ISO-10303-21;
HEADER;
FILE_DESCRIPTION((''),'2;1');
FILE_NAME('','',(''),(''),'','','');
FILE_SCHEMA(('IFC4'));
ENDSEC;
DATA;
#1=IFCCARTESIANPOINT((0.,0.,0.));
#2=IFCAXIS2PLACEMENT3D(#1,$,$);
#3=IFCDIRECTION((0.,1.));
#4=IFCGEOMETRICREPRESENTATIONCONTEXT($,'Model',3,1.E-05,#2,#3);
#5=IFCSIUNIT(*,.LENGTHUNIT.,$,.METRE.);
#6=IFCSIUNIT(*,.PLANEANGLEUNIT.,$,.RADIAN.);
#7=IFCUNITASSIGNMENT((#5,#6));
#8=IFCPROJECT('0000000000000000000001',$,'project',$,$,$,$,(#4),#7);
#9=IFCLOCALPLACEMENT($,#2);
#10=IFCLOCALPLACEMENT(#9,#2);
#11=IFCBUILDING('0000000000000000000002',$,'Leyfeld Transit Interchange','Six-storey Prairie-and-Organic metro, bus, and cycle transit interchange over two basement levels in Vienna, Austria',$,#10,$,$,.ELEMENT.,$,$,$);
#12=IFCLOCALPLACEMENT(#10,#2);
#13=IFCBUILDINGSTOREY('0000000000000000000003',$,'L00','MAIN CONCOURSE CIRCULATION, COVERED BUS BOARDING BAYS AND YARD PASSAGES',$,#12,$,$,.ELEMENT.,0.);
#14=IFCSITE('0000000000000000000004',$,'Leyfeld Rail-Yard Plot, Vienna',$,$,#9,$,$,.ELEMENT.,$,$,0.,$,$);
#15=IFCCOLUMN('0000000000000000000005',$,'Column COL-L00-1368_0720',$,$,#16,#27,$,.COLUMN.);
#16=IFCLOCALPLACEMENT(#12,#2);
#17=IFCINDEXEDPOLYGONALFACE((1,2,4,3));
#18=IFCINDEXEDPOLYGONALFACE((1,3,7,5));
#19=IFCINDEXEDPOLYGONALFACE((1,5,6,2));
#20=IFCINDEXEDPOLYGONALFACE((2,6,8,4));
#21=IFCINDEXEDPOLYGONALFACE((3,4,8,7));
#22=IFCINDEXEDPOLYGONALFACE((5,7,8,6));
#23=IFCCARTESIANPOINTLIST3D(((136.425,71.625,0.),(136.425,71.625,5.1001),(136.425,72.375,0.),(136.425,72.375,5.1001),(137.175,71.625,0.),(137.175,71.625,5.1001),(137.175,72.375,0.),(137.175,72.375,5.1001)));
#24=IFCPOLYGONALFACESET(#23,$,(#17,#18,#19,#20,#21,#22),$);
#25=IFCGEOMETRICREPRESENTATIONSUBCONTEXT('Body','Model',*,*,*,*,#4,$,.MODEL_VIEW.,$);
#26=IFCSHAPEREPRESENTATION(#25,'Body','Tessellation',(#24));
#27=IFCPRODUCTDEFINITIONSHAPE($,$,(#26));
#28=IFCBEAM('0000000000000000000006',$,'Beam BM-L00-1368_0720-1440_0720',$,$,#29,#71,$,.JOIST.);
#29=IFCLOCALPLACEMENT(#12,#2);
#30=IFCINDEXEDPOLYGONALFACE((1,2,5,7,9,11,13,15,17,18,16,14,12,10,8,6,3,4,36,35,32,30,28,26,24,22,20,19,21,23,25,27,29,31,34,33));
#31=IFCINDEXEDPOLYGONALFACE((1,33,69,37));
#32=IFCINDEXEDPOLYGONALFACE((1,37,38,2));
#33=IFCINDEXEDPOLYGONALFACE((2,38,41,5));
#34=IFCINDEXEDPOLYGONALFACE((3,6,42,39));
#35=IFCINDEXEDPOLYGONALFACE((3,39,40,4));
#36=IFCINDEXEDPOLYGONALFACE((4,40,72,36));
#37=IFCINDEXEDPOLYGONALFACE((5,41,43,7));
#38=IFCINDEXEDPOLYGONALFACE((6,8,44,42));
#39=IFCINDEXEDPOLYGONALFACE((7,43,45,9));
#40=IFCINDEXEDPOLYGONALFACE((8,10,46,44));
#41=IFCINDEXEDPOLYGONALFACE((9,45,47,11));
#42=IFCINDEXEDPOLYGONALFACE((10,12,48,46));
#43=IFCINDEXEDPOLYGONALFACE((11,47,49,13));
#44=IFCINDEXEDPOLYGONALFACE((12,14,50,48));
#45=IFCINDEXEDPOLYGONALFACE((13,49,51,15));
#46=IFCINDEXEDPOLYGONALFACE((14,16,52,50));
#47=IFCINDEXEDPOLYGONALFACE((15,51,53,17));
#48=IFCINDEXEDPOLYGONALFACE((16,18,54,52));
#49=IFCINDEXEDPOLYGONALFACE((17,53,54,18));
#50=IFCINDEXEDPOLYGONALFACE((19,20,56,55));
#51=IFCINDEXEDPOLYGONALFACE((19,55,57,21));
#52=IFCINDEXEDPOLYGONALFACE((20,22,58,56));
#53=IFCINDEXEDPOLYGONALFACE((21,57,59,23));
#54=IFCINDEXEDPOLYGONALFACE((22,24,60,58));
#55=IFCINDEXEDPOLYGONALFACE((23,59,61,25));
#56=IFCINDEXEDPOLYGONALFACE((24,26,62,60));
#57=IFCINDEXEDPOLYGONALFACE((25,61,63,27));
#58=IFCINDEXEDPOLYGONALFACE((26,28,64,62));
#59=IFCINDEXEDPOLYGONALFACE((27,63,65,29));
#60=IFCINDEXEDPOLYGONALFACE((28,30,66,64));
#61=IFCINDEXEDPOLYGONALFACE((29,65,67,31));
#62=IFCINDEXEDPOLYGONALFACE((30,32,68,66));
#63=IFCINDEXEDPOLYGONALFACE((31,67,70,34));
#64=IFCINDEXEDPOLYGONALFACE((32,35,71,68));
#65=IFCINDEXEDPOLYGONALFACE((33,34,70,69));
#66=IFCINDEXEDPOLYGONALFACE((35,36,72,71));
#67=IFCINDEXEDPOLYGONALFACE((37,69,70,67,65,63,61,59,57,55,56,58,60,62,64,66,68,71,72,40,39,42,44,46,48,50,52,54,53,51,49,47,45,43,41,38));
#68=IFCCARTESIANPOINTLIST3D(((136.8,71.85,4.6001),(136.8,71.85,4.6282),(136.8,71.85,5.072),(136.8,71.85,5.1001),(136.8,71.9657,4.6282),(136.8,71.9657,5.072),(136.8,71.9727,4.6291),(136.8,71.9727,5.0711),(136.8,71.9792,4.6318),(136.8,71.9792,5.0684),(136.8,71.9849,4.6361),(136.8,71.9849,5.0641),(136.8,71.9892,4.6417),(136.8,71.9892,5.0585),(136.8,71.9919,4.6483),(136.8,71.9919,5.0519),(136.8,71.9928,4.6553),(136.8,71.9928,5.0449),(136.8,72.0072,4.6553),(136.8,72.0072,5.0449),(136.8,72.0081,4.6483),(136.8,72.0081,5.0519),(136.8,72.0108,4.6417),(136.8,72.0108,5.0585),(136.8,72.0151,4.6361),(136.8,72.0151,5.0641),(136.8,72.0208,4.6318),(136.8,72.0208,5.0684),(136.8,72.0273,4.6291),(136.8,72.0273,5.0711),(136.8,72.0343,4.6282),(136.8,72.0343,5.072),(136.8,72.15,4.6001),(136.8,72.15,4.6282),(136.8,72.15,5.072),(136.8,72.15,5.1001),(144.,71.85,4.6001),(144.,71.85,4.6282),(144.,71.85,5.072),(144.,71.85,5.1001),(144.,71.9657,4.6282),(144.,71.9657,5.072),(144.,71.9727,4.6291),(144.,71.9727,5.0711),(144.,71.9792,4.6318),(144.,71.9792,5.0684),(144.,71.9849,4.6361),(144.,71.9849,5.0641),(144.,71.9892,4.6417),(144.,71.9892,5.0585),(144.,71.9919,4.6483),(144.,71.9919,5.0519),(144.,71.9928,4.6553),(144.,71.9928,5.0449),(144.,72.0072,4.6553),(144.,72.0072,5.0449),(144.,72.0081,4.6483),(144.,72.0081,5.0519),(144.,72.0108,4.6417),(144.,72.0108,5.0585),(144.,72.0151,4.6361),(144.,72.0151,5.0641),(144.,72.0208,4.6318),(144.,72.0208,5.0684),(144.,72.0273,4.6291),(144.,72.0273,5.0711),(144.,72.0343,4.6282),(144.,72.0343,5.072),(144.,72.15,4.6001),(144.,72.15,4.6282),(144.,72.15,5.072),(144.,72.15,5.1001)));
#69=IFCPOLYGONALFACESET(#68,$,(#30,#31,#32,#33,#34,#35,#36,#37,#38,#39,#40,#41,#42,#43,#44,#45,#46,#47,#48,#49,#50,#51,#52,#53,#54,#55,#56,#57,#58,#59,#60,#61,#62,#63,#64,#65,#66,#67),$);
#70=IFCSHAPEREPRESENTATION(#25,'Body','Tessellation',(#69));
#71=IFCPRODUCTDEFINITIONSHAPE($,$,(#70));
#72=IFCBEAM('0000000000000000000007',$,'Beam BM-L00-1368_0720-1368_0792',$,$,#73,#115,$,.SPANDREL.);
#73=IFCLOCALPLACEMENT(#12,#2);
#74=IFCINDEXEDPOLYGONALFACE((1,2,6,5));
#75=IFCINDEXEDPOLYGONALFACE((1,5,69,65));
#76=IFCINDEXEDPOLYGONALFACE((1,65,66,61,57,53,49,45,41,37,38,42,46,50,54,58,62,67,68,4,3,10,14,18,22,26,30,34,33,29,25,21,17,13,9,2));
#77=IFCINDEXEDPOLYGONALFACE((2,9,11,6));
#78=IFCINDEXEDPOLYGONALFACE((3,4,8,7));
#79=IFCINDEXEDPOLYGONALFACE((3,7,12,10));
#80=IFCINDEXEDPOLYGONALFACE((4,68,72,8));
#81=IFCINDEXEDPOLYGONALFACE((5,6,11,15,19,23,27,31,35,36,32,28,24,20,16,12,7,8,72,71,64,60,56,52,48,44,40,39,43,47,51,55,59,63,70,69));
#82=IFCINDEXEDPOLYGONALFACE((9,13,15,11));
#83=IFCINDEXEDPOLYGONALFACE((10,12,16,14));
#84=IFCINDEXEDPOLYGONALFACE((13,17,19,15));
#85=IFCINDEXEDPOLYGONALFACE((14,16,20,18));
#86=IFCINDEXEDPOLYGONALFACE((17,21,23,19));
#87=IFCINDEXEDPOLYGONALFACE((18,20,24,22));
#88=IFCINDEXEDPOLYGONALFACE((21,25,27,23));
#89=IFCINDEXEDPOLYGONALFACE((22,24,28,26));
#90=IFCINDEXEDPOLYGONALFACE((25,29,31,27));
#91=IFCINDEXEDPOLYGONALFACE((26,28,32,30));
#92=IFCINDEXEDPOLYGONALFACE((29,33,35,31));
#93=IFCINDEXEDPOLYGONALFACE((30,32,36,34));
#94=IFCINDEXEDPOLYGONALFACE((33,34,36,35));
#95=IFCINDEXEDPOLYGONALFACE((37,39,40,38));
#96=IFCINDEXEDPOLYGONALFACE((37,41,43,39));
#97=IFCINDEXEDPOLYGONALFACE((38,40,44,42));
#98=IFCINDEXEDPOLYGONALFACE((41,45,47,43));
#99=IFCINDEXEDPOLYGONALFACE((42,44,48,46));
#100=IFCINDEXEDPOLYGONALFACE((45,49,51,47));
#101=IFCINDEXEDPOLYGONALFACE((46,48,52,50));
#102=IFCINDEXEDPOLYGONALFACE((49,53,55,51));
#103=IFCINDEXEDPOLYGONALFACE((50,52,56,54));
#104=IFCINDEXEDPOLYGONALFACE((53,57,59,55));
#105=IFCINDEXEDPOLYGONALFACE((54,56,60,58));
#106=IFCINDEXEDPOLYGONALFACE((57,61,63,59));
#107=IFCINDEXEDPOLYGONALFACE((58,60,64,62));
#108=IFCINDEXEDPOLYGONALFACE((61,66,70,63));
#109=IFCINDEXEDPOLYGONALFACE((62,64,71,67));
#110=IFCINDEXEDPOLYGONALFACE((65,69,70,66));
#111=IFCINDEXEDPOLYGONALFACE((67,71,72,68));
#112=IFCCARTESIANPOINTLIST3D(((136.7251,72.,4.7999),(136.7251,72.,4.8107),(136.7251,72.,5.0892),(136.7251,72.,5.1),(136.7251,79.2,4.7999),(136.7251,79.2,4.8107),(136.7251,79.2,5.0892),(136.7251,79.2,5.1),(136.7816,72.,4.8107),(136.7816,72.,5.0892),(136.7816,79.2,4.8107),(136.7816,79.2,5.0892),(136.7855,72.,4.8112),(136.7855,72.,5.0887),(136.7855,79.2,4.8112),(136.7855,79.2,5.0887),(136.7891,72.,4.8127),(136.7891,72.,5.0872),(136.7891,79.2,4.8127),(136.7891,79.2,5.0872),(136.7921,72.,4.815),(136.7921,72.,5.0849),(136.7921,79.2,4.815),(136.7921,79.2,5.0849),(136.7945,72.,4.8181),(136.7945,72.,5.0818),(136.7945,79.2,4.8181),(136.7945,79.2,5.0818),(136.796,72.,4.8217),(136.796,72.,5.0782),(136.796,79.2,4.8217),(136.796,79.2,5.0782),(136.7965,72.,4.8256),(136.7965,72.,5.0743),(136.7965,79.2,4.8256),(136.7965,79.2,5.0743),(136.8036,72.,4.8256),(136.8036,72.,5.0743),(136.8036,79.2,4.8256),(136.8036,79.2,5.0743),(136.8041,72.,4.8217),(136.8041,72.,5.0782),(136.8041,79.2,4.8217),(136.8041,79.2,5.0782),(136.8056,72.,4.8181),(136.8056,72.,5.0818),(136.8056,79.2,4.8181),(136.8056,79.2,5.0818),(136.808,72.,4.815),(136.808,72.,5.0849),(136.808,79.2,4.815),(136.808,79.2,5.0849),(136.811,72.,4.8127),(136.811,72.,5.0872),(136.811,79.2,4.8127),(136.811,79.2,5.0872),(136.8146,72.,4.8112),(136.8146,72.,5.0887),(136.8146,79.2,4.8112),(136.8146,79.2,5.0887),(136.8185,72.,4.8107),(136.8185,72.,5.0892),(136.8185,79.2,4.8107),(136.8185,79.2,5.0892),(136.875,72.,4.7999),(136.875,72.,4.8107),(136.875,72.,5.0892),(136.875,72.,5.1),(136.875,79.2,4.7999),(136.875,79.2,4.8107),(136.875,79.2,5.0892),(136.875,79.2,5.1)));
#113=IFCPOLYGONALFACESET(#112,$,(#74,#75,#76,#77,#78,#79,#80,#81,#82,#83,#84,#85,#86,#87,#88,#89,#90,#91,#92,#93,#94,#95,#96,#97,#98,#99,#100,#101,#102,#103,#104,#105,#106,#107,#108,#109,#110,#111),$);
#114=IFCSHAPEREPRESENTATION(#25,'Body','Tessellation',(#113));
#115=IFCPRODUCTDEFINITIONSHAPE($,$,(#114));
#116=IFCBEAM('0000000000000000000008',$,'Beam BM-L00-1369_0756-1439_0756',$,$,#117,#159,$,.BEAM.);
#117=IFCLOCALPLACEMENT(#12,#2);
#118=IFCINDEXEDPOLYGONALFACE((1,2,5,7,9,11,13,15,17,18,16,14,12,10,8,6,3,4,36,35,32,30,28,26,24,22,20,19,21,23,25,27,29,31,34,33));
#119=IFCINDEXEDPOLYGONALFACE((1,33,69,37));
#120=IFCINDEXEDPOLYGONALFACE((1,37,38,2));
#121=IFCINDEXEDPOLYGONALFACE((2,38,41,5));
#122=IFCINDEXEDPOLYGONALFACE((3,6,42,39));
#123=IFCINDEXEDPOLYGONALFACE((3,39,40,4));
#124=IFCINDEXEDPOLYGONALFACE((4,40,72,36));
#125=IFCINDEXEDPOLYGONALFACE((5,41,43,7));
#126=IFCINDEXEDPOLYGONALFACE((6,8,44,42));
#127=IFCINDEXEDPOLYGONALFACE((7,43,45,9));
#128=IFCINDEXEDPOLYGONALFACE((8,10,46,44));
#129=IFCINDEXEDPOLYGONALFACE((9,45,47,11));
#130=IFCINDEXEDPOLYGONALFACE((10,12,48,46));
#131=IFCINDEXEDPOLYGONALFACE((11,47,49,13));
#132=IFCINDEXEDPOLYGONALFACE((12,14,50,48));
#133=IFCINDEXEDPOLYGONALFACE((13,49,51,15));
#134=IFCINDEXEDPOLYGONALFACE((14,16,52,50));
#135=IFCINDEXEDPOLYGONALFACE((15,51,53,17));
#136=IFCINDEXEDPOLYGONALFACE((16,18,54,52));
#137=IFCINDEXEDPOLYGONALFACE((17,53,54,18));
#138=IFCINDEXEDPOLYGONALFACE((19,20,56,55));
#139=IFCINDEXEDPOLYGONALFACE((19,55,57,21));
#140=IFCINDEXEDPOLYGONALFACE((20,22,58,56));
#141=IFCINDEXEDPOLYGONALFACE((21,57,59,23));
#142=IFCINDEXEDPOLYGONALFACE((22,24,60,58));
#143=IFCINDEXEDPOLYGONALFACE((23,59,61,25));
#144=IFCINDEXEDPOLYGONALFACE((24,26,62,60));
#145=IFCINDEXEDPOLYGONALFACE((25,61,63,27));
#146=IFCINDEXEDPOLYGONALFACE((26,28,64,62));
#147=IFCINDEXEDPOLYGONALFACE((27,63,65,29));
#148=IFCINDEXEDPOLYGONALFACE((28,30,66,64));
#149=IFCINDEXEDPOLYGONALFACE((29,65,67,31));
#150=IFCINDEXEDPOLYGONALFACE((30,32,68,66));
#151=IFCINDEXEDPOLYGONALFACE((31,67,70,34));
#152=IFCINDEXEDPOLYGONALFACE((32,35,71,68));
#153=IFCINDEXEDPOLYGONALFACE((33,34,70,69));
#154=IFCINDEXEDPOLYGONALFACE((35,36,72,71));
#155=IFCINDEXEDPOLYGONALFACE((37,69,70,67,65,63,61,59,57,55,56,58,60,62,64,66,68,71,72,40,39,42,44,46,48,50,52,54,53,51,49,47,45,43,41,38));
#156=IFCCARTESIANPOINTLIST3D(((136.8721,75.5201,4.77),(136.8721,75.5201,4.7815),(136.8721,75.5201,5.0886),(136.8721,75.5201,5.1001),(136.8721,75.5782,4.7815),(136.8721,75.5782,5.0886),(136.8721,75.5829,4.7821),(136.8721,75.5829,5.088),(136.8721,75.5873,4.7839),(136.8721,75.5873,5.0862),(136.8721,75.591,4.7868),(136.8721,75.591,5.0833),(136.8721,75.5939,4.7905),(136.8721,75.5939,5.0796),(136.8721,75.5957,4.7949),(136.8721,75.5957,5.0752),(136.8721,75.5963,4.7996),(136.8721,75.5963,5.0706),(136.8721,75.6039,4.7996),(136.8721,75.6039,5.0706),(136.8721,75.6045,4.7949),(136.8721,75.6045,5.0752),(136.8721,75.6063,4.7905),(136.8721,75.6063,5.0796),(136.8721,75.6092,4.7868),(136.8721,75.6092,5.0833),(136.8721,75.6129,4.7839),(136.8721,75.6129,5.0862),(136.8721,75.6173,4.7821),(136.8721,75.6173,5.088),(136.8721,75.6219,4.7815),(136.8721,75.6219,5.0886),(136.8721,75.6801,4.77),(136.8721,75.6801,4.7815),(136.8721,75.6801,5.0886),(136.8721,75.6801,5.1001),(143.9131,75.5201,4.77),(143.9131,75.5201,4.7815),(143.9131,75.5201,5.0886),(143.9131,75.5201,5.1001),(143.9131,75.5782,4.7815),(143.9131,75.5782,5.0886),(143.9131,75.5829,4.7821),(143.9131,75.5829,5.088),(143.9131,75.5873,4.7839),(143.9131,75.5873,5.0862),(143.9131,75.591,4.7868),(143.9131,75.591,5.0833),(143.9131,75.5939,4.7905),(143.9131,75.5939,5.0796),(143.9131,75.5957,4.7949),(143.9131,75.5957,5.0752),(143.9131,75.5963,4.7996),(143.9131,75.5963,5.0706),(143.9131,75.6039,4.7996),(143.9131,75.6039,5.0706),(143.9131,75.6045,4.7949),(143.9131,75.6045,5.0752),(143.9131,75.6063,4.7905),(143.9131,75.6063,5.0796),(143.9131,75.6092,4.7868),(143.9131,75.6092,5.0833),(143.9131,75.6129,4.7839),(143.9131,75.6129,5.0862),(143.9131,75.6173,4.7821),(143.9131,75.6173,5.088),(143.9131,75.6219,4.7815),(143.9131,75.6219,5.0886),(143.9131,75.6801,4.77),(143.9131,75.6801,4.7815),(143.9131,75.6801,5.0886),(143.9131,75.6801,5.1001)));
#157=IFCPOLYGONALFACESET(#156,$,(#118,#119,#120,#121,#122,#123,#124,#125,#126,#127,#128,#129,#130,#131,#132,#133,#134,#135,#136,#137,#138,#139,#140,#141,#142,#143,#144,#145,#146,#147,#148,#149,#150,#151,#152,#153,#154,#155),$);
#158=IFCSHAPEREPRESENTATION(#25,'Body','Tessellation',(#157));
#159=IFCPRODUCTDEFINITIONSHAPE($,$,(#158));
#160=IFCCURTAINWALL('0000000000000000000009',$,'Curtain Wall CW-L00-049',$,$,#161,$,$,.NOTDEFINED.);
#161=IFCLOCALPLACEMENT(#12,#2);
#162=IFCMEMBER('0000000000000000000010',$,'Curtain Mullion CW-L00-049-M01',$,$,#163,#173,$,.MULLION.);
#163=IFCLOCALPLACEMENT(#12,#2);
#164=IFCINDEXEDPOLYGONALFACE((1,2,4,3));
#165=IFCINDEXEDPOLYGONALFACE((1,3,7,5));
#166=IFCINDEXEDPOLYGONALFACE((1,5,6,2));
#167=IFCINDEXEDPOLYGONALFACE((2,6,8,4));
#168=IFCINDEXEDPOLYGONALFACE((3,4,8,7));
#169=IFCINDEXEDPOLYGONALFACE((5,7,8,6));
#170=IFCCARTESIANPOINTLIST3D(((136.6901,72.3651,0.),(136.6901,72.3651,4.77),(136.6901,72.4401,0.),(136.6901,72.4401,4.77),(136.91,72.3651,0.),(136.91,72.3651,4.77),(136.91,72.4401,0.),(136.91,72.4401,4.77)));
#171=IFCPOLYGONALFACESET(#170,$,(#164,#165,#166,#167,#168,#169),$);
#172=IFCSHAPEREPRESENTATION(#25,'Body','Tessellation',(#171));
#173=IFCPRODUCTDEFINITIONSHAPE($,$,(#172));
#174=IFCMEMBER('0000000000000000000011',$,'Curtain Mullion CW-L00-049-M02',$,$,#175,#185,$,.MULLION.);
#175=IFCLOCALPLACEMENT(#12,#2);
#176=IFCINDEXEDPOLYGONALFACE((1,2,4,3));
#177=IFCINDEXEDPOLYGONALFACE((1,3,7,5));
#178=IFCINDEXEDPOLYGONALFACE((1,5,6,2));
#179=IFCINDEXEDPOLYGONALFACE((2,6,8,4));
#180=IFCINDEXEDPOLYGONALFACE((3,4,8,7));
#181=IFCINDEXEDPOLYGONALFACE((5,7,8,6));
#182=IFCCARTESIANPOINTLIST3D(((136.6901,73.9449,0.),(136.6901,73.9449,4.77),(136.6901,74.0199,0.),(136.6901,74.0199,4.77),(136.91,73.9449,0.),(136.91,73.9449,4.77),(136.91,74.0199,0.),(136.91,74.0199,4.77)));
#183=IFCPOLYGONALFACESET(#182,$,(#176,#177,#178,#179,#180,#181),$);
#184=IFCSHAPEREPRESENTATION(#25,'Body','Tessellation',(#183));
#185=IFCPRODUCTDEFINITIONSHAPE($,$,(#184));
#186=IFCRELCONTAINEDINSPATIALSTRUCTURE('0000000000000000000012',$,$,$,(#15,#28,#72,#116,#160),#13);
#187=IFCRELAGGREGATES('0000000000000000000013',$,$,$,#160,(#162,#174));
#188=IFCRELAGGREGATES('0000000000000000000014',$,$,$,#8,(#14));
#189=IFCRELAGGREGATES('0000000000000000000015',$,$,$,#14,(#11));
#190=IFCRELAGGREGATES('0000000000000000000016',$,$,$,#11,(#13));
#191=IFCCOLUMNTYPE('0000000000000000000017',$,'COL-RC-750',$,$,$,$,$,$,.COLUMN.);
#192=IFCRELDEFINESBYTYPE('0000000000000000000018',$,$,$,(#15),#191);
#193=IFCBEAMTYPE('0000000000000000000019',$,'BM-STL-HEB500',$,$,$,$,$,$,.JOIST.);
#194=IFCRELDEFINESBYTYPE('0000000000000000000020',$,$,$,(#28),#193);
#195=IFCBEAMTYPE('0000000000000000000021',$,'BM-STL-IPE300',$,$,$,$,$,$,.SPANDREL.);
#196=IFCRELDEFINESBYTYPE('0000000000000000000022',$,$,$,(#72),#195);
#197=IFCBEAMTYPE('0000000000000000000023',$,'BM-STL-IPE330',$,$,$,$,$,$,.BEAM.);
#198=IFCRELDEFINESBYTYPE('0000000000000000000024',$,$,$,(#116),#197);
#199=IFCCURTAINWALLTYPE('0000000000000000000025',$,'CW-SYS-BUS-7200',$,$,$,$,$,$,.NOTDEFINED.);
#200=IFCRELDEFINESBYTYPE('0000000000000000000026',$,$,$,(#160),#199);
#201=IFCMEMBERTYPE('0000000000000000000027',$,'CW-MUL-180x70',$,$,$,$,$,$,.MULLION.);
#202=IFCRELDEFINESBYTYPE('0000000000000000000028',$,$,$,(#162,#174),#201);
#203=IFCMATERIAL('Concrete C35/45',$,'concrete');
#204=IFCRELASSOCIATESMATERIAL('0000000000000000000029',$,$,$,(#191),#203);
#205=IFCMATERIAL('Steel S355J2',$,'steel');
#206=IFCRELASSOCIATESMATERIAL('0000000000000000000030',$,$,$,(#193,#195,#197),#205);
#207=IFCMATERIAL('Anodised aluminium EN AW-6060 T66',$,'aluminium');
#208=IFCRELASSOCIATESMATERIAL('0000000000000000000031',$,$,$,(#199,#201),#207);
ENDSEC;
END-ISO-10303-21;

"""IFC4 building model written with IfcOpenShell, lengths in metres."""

from ifc_helpers import new_model, si_unit, direction, frame, origin, origin_2d, place, context, subcontext, project, spatial, rectangle, i_section, extrude, material, material_profile, profile_set, type_object, element, aggregate, save


model = new_model("IFC4")

# Units and contexts
model_context = context("Model", 3, precision=1e-05, world=origin(), true_north=direction((0.0, 1.0)))
body_context = subcontext(model_context, "Body", "Model", "MODEL_VIEW")
ifc_project = project(units=[si_unit("LENGTHUNIT", "METRE"), si_unit("PLANEANGLEUNIT", "RADIAN")], contexts=[model_context])

# Site, building, storey
site_placement = place(None, origin())
site = spatial("IfcSite", under=ifc_project, at=site_placement, Name="Leyfeld Rail-Yard Plot, Vienna", CompositionType="ELEMENT", RefElevation=0.0)
building_placement = place(site_placement, origin())
building = spatial("IfcBuilding", under=site, at=building_placement, Name="Leyfeld Transit Interchange", Description="Six-storey Prairie-and-Organic metro, bus, and cycle transit interchange over two basement levels in Vienna, Austria", CompositionType="ELEMENT")
storey_placement = place(building_placement, origin())
storey = spatial("IfcBuildingStorey", under=building, at=storey_placement, Name="L00", Description="MAIN CONCOURSE CIRCULATION, COVERED BUS BOARDING BAYS AND YARD PASSAGES", CompositionType="ELEMENT", Elevation=0.0)

# Column
ifc_material_1 = material(Name="Concrete C35/45", Category="concrete")
ifc_material_profile_1 = material_profile(ifc_material_1, rectangle(XDim=0.75, YDim=0.75, at=origin_2d()), Name="RC 750x750")
ifc_profile_set_1 = profile_set([ifc_material_profile_1], Name="Concrete C35/45")
column_type = type_object("IfcColumnType", Name="COL-RC-750", PredefinedType="COLUMN", material=ifc_profile_set_1)
column_placement = place(storey_placement, frame((136.8, 72.0, 0.0), z_axis=(0.0, 0.0, 1.0), x_axis=(1.0, 0.0, 0.0)))
element("IfcColumn", 1, at=column_placement, inside=storey, type_object=column_type, Name="Column COL-L00-1368_0720", PredefinedType="COLUMN", context=body_context, shape_type="SweptSolid", body=[
    extrude(rectangle(XDim=0.75, YDim=0.75, at=origin_2d()), origin(), (0.0, 0.0, 1.0), 5.1001),
])

# Beams
ifc_material_2 = material(Name="Steel S355J2", Category="steel")
ifc_material_profile_2 = material_profile(ifc_material_2, i_section(OverallWidth=0.3, OverallDepth=0.5, WebThickness=0.0144, FlangeThickness=0.0281, FilletRadius=0.0271, at=origin_2d()), Name="HEB 500")
ifc_profile_set_2 = profile_set([ifc_material_profile_2], Name="Steel S355J2")
beam_type_1 = type_object("IfcBeamType", Name="BM-STL-HEB500", PredefinedType="JOIST", material=ifc_profile_set_2)
beam_1_placement = place(storey_placement, frame((136.8, 72.0, 4.8501), z_axis=(1.0, 0.0, 0.0), x_axis=(0.0, 1.0, 0.0)))
element("IfcBeam", 2, at=beam_1_placement, inside=storey, type_object=beam_type_1, Name="Beam BM-L00-1368_0720-1440_0720", PredefinedType="JOIST", context=body_context, shape_type="SweptSolid", body=[
    extrude(i_section(OverallWidth=0.3, OverallDepth=0.5, WebThickness=0.0144, FlangeThickness=0.0281, FilletRadius=0.0271, at=origin_2d()), origin(), (0.0, 0.0, 1.0), 7.2),
])
ifc_material_profile_3 = material_profile(ifc_material_2, i_section(OverallWidth=0.1499, OverallDepth=0.3, WebThickness=0.0071, FlangeThickness=0.0107, FilletRadius=0.0149, at=origin_2d()), Name="IPE 300")
ifc_profile_set_3 = profile_set([ifc_material_profile_3], Name="Steel S355J2")
beam_type_2 = type_object("IfcBeamType", Name="BM-STL-IPE300", PredefinedType="SPANDREL", material=ifc_profile_set_3)
beam_2_placement = place(storey_placement, frame((136.8, 72.0, 4.95), z_axis=(0.0, 1.0, 0.0), x_axis=(-1.0, 0.0, 0.0)))
element("IfcBeam", 3, at=beam_2_placement, inside=storey, type_object=beam_type_2, Name="Beam BM-L00-1368_0720-1368_0792", PredefinedType="SPANDREL", context=body_context, shape_type="SweptSolid", body=[
    extrude(i_section(OverallWidth=0.1499, OverallDepth=0.3, WebThickness=0.0071, FlangeThickness=0.0107, FilletRadius=0.0149, at=origin_2d()), origin(), (0.0, 0.0, 1.0), 7.2),
])
ifc_material_profile_4 = material_profile(ifc_material_2, i_section(OverallWidth=0.1599, OverallDepth=0.3301, WebThickness=0.0076, FlangeThickness=0.0115, FilletRadius=0.0181, at=origin_2d()), Name="IPE 330")
ifc_profile_set_4 = profile_set([ifc_material_profile_4], Name="Steel S355J2")
beam_type_3 = type_object("IfcBeamType", Name="BM-STL-IPE330", PredefinedType="BEAM", material=ifc_profile_set_4)
beam_3_placement = place(storey_placement, frame((136.8721, 75.6001, 4.9351), z_axis=(1.0, 0.0, 0.0), x_axis=(0.0, 1.0, 0.0)))
element("IfcBeam", 4, at=beam_3_placement, inside=storey, type_object=beam_type_3, Name="Beam BM-L00-1369_0756-1439_0756", PredefinedType="BEAM", context=body_context, shape_type="SweptSolid", body=[
    extrude(i_section(OverallWidth=0.1599, OverallDepth=0.3301, WebThickness=0.0076, FlangeThickness=0.0115, FilletRadius=0.0181, at=origin_2d()), origin(), (0.0, 0.0, 1.0), 7.041),
])

# Curtain wall, members
ifc_material_3 = material(Name="Anodised aluminium EN AW-6060 T66", Category="aluminium")
curtain_wall_type = type_object("IfcCurtainWallType", Name="CW-SYS-BUS-7200", PredefinedType="NOTDEFINED", material=ifc_material_3)
curtain_wall_placement = place(storey_placement, origin())
curtain_wall = element("IfcCurtainWall", 5, at=curtain_wall_placement, inside=storey, type_object=curtain_wall_type, Name="Curtain Wall CW-L00-049", PredefinedType="NOTDEFINED")
ifc_material_profile_5 = material_profile(ifc_material_3, rectangle(XDim=0.075, YDim=0.22, at=origin_2d()), Name="CW-M 75x220")
ifc_profile_set_5 = profile_set([ifc_material_profile_5], Name="Anodised aluminium EN AW-6060 T66")
member_type_1 = type_object("IfcMemberType", Name="CW-MUL-180x70", PredefinedType="MULLION", material=ifc_profile_set_5)
member_1_placement = place(storey_placement, frame((136.8, 72.4026, 0.0), z_axis=(0.0, 0.0, 1.0), x_axis=(0.0, 1.0, 0.0)))
member_1 = element("IfcMember", 6, at=member_1_placement, type_object=member_type_1, Name="Curtain Mullion CW-L00-049-M01", PredefinedType="MULLION", context=body_context, shape_type="SweptSolid", body=[
    extrude(rectangle(XDim=0.075, YDim=0.22, at=origin_2d()), origin(), (0.0, 0.0, 1.0), 4.77),
])
member_2_placement = place(storey_placement, frame((136.8, 73.9824, 0.0), z_axis=(0.0, 0.0, 1.0), x_axis=(0.0, 1.0, 0.0)))
member_2 = element("IfcMember", 7, at=member_2_placement, type_object=member_type_1, Name="Curtain Mullion CW-L00-049-M02", PredefinedType="MULLION", context=body_context, shape_type="SweptSolid", body=[
    extrude(rectangle(XDim=0.075, YDim=0.22, at=origin_2d()), origin(), (0.0, 0.0, 1.0), 4.77),
])
aggregate(curtain_wall, [member_1, member_2])

save(model, "model.ifc")
